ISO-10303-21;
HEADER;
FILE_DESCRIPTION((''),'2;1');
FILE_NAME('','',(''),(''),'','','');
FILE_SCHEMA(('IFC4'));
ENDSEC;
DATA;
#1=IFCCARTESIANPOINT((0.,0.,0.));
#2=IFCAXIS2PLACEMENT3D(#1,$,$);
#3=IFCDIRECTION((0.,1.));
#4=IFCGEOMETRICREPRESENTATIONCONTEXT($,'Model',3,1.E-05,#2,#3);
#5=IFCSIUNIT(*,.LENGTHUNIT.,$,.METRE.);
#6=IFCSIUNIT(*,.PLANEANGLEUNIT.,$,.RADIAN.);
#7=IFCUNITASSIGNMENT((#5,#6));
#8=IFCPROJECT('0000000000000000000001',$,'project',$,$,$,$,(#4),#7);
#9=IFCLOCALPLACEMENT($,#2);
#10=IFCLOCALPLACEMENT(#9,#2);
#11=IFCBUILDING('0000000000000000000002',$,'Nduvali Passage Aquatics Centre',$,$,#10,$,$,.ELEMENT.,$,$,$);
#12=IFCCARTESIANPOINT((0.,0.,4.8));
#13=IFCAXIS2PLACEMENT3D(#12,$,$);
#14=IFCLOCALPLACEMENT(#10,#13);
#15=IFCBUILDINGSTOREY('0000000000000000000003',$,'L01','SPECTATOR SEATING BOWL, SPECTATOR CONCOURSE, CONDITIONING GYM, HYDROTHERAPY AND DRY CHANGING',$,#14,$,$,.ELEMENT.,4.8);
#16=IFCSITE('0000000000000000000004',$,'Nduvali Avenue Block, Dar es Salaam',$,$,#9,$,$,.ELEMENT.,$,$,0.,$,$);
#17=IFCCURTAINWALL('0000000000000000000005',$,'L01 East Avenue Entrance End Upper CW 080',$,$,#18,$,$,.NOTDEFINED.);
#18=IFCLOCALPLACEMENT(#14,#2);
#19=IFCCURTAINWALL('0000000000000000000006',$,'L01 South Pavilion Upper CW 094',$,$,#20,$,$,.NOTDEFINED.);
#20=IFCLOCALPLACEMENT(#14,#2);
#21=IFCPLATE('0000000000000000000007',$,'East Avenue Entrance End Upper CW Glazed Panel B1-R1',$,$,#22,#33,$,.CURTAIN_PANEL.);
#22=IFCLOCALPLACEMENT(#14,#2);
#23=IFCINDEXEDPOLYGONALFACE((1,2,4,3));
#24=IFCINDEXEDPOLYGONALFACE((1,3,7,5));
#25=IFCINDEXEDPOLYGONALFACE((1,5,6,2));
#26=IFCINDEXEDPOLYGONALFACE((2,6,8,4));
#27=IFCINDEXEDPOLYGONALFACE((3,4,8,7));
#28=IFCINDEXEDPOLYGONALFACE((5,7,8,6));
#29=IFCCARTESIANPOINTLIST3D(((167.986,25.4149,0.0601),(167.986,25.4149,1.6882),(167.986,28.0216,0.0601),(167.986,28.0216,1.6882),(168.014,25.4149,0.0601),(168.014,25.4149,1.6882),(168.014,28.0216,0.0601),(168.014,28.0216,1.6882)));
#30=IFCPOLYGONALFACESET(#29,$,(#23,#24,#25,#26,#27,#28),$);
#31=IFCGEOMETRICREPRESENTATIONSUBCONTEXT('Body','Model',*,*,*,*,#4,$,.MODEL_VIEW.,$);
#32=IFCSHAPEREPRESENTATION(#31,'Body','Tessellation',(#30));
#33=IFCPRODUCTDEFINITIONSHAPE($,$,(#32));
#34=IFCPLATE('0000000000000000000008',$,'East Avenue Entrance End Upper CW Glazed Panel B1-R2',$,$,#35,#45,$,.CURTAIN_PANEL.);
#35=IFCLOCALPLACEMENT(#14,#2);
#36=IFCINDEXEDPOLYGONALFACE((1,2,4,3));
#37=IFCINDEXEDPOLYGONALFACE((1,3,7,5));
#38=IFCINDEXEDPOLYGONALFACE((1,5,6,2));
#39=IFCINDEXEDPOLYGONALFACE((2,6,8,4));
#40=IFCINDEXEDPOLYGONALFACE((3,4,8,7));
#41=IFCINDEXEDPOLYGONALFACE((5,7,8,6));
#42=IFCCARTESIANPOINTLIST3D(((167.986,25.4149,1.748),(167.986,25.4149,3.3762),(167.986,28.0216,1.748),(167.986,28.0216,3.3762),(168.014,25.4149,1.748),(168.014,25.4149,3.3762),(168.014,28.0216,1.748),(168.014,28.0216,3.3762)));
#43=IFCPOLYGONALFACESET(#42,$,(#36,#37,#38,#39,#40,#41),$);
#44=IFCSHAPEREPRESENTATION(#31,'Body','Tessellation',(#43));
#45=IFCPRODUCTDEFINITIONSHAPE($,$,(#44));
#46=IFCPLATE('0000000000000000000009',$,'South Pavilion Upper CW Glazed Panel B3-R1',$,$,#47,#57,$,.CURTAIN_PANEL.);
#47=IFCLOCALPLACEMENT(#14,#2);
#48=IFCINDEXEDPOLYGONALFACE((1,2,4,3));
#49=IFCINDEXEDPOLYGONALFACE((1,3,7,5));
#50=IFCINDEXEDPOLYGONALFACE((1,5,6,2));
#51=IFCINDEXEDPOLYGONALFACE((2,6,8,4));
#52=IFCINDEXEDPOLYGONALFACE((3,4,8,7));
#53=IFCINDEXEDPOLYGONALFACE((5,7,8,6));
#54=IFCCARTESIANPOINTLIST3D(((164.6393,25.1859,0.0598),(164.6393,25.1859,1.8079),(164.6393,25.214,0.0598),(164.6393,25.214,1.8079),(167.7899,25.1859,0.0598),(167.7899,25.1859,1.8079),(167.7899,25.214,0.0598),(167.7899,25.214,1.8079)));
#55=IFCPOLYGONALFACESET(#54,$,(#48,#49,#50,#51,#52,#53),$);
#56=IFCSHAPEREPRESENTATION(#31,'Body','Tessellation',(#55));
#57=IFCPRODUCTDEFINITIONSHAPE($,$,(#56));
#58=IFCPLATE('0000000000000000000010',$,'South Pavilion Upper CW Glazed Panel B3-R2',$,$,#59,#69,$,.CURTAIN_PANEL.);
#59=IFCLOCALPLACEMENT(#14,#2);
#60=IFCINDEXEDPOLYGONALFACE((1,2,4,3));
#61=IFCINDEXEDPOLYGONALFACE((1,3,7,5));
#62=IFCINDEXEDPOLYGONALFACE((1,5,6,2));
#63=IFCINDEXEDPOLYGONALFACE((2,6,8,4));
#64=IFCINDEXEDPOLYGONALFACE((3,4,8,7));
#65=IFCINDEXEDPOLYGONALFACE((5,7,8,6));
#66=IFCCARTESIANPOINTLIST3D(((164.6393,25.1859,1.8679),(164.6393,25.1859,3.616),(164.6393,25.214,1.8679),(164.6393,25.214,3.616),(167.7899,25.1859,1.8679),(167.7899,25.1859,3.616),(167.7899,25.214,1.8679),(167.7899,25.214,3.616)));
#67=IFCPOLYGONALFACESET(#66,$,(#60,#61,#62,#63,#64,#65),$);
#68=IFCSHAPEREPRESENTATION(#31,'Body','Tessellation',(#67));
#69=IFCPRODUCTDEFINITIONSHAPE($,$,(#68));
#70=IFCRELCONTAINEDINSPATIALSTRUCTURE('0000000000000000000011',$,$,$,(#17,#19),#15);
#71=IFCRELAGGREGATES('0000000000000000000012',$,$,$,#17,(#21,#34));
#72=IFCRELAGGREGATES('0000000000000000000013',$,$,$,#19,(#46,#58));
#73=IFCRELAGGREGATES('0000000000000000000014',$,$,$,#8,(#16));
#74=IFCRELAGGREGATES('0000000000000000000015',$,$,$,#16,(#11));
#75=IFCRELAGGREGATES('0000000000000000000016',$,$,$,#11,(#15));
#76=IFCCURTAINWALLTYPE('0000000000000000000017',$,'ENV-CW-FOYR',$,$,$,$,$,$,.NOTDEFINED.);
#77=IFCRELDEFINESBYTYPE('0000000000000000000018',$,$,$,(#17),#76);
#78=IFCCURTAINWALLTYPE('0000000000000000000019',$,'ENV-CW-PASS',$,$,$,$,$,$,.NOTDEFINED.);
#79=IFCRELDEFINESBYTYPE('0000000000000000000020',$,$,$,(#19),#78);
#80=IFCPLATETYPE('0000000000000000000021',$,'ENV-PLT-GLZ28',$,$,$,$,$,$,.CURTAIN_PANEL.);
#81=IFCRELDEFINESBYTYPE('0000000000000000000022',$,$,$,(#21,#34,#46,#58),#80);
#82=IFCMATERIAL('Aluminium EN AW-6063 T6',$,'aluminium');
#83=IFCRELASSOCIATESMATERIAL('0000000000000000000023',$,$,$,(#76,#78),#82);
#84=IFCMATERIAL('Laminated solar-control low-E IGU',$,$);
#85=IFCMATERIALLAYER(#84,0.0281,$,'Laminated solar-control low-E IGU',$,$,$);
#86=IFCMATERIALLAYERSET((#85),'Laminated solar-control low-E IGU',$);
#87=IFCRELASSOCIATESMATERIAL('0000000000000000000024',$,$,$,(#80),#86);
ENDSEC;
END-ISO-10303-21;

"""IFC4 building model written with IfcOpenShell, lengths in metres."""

from ifc_helpers import new_model, si_unit, direction, frame, origin, origin_2d, place, context, subcontext, project, spatial, rectangle, extrude, material, layer, layer_set, type_object, element, aggregate, save


model = new_model("IFC4")

# Units and contexts
model_context = context("Model", 3, precision=1e-05, world=origin(), true_north=direction((0.0, 1.0)))
body_context = subcontext(model_context, "Body", "Model", "MODEL_VIEW")
ifc_project = project(units=[si_unit("LENGTHUNIT", "METRE"), si_unit("PLANEANGLEUNIT", "RADIAN")], contexts=[model_context])

# Site, building, storey
site_placement = place(None, origin())
site = spatial("IfcSite", under=ifc_project, at=site_placement, Name="Nduvali Avenue Block, Dar es Salaam", CompositionType="ELEMENT", RefElevation=0.0)
building_placement = place(site_placement, origin())
building = spatial("IfcBuilding", under=site, at=building_placement, Name="Nduvali Passage Aquatics Centre", CompositionType="ELEMENT")
storey_placement = place(building_placement, frame((0.0, 0.0, 4.8)))
storey = spatial("IfcBuildingStorey", under=building, at=storey_placement, Name="L01", Description="SPECTATOR SEATING BOWL, SPECTATOR CONCOURSE, CONDITIONING GYM, HYDROTHERAPY AND DRY CHANGING", CompositionType="ELEMENT", Elevation=4.8)

# Curtain walls
ifc_material_1 = material(Name="Aluminium EN AW-6063 T6", Category="aluminium")
curtain_wall_type_1 = type_object("IfcCurtainWallType", Name="ENV-CW-FOYR", PredefinedType="NOTDEFINED", material=ifc_material_1)
curtain_wall_1_placement = place(storey_placement, origin())
curtain_wall_1 = element("IfcCurtainWall", 1, at=curtain_wall_1_placement, inside=storey, type_object=curtain_wall_type_1, Name="L01 East Avenue Entrance End Upper CW 080", PredefinedType="NOTDEFINED")
curtain_wall_type_2 = type_object("IfcCurtainWallType", Name="ENV-CW-PASS", PredefinedType="NOTDEFINED", material=ifc_material_1)
curtain_wall_2_placement = place(storey_placement, origin())
curtain_wall_2 = element("IfcCurtainWall", 2, at=curtain_wall_2_placement, inside=storey, type_object=curtain_wall_type_2, Name="L01 South Pavilion Upper CW 094", PredefinedType="NOTDEFINED")

# Plates
ifc_material_2 = material(Name="Laminated solar-control low-E IGU")
ifc_layer = layer(ifc_material_2, 0.0281, Name="Laminated solar-control low-E IGU")
ifc_layer_set = layer_set([ifc_layer], Name="Laminated solar-control low-E IGU")
plate_type = type_object("IfcPlateType", Name="ENV-PLT-GLZ28", PredefinedType="CURTAIN_PANEL", material=ifc_layer_set)
plate_1_placement = place(storey_placement, frame((168.0, 26.7183, 0.0601), z_axis=(0.0, 0.0, 1.0), x_axis=(0.0, 1.0, 0.0)))
plate_1 = element("IfcPlate", 3, at=plate_1_placement, type_object=plate_type, Name="East Avenue Entrance End Upper CW Glazed Panel B1-R1", PredefinedType="CURTAIN_PANEL", context=body_context, shape_type="SweptSolid", body=[
    extrude(rectangle(XDim=2.6067, YDim=0.0281, at=origin_2d()), origin(), (0.0, 0.0, 1.0), 1.6282),
])
plate_2_placement = place(storey_placement, frame((168.0, 26.7183, 1.748), z_axis=(0.0, 0.0, 1.0), x_axis=(0.0, 1.0, 0.0)))
plate_2 = element("IfcPlate", 4, at=plate_2_placement, type_object=plate_type, Name="East Avenue Entrance End Upper CW Glazed Panel B1-R2", PredefinedType="CURTAIN_PANEL", context=body_context, shape_type="SweptSolid", body=[
    extrude(rectangle(XDim=2.6067, YDim=0.0281, at=origin_2d()), origin(), (0.0, 0.0, 1.0), 1.6282),
])
aggregate(curtain_wall_1, [plate_1, plate_2])
plate_3_placement = place(storey_placement, frame((166.2146, 25.2, 0.0598), z_axis=(0.0, 0.0, 1.0), x_axis=(1.0, 0.0, 0.0)))
plate_3 = element("IfcPlate", 5, at=plate_3_placement, type_object=plate_type, Name="South Pavilion Upper CW Glazed Panel B3-R1", PredefinedType="CURTAIN_PANEL", context=body_context, shape_type="SweptSolid", body=[
    extrude(rectangle(XDim=3.1506, YDim=0.0281, at=origin_2d()), origin(), (0.0, 0.0, 1.0), 1.748),
])
plate_4_placement = place(storey_placement, frame((166.2146, 25.2, 1.8679), z_axis=(0.0, 0.0, 1.0), x_axis=(1.0, 0.0, 0.0)))
plate_4 = element("IfcPlate", 6, at=plate_4_placement, type_object=plate_type, Name="South Pavilion Upper CW Glazed Panel B3-R2", PredefinedType="CURTAIN_PANEL", context=body_context, shape_type="SweptSolid", body=[
    extrude(rectangle(XDim=3.1506, YDim=0.0281, at=origin_2d()), origin(), (0.0, 0.0, 1.0), 1.748),
])
aggregate(curtain_wall_2, [plate_3, plate_4])

save(model, "model.ifc")
